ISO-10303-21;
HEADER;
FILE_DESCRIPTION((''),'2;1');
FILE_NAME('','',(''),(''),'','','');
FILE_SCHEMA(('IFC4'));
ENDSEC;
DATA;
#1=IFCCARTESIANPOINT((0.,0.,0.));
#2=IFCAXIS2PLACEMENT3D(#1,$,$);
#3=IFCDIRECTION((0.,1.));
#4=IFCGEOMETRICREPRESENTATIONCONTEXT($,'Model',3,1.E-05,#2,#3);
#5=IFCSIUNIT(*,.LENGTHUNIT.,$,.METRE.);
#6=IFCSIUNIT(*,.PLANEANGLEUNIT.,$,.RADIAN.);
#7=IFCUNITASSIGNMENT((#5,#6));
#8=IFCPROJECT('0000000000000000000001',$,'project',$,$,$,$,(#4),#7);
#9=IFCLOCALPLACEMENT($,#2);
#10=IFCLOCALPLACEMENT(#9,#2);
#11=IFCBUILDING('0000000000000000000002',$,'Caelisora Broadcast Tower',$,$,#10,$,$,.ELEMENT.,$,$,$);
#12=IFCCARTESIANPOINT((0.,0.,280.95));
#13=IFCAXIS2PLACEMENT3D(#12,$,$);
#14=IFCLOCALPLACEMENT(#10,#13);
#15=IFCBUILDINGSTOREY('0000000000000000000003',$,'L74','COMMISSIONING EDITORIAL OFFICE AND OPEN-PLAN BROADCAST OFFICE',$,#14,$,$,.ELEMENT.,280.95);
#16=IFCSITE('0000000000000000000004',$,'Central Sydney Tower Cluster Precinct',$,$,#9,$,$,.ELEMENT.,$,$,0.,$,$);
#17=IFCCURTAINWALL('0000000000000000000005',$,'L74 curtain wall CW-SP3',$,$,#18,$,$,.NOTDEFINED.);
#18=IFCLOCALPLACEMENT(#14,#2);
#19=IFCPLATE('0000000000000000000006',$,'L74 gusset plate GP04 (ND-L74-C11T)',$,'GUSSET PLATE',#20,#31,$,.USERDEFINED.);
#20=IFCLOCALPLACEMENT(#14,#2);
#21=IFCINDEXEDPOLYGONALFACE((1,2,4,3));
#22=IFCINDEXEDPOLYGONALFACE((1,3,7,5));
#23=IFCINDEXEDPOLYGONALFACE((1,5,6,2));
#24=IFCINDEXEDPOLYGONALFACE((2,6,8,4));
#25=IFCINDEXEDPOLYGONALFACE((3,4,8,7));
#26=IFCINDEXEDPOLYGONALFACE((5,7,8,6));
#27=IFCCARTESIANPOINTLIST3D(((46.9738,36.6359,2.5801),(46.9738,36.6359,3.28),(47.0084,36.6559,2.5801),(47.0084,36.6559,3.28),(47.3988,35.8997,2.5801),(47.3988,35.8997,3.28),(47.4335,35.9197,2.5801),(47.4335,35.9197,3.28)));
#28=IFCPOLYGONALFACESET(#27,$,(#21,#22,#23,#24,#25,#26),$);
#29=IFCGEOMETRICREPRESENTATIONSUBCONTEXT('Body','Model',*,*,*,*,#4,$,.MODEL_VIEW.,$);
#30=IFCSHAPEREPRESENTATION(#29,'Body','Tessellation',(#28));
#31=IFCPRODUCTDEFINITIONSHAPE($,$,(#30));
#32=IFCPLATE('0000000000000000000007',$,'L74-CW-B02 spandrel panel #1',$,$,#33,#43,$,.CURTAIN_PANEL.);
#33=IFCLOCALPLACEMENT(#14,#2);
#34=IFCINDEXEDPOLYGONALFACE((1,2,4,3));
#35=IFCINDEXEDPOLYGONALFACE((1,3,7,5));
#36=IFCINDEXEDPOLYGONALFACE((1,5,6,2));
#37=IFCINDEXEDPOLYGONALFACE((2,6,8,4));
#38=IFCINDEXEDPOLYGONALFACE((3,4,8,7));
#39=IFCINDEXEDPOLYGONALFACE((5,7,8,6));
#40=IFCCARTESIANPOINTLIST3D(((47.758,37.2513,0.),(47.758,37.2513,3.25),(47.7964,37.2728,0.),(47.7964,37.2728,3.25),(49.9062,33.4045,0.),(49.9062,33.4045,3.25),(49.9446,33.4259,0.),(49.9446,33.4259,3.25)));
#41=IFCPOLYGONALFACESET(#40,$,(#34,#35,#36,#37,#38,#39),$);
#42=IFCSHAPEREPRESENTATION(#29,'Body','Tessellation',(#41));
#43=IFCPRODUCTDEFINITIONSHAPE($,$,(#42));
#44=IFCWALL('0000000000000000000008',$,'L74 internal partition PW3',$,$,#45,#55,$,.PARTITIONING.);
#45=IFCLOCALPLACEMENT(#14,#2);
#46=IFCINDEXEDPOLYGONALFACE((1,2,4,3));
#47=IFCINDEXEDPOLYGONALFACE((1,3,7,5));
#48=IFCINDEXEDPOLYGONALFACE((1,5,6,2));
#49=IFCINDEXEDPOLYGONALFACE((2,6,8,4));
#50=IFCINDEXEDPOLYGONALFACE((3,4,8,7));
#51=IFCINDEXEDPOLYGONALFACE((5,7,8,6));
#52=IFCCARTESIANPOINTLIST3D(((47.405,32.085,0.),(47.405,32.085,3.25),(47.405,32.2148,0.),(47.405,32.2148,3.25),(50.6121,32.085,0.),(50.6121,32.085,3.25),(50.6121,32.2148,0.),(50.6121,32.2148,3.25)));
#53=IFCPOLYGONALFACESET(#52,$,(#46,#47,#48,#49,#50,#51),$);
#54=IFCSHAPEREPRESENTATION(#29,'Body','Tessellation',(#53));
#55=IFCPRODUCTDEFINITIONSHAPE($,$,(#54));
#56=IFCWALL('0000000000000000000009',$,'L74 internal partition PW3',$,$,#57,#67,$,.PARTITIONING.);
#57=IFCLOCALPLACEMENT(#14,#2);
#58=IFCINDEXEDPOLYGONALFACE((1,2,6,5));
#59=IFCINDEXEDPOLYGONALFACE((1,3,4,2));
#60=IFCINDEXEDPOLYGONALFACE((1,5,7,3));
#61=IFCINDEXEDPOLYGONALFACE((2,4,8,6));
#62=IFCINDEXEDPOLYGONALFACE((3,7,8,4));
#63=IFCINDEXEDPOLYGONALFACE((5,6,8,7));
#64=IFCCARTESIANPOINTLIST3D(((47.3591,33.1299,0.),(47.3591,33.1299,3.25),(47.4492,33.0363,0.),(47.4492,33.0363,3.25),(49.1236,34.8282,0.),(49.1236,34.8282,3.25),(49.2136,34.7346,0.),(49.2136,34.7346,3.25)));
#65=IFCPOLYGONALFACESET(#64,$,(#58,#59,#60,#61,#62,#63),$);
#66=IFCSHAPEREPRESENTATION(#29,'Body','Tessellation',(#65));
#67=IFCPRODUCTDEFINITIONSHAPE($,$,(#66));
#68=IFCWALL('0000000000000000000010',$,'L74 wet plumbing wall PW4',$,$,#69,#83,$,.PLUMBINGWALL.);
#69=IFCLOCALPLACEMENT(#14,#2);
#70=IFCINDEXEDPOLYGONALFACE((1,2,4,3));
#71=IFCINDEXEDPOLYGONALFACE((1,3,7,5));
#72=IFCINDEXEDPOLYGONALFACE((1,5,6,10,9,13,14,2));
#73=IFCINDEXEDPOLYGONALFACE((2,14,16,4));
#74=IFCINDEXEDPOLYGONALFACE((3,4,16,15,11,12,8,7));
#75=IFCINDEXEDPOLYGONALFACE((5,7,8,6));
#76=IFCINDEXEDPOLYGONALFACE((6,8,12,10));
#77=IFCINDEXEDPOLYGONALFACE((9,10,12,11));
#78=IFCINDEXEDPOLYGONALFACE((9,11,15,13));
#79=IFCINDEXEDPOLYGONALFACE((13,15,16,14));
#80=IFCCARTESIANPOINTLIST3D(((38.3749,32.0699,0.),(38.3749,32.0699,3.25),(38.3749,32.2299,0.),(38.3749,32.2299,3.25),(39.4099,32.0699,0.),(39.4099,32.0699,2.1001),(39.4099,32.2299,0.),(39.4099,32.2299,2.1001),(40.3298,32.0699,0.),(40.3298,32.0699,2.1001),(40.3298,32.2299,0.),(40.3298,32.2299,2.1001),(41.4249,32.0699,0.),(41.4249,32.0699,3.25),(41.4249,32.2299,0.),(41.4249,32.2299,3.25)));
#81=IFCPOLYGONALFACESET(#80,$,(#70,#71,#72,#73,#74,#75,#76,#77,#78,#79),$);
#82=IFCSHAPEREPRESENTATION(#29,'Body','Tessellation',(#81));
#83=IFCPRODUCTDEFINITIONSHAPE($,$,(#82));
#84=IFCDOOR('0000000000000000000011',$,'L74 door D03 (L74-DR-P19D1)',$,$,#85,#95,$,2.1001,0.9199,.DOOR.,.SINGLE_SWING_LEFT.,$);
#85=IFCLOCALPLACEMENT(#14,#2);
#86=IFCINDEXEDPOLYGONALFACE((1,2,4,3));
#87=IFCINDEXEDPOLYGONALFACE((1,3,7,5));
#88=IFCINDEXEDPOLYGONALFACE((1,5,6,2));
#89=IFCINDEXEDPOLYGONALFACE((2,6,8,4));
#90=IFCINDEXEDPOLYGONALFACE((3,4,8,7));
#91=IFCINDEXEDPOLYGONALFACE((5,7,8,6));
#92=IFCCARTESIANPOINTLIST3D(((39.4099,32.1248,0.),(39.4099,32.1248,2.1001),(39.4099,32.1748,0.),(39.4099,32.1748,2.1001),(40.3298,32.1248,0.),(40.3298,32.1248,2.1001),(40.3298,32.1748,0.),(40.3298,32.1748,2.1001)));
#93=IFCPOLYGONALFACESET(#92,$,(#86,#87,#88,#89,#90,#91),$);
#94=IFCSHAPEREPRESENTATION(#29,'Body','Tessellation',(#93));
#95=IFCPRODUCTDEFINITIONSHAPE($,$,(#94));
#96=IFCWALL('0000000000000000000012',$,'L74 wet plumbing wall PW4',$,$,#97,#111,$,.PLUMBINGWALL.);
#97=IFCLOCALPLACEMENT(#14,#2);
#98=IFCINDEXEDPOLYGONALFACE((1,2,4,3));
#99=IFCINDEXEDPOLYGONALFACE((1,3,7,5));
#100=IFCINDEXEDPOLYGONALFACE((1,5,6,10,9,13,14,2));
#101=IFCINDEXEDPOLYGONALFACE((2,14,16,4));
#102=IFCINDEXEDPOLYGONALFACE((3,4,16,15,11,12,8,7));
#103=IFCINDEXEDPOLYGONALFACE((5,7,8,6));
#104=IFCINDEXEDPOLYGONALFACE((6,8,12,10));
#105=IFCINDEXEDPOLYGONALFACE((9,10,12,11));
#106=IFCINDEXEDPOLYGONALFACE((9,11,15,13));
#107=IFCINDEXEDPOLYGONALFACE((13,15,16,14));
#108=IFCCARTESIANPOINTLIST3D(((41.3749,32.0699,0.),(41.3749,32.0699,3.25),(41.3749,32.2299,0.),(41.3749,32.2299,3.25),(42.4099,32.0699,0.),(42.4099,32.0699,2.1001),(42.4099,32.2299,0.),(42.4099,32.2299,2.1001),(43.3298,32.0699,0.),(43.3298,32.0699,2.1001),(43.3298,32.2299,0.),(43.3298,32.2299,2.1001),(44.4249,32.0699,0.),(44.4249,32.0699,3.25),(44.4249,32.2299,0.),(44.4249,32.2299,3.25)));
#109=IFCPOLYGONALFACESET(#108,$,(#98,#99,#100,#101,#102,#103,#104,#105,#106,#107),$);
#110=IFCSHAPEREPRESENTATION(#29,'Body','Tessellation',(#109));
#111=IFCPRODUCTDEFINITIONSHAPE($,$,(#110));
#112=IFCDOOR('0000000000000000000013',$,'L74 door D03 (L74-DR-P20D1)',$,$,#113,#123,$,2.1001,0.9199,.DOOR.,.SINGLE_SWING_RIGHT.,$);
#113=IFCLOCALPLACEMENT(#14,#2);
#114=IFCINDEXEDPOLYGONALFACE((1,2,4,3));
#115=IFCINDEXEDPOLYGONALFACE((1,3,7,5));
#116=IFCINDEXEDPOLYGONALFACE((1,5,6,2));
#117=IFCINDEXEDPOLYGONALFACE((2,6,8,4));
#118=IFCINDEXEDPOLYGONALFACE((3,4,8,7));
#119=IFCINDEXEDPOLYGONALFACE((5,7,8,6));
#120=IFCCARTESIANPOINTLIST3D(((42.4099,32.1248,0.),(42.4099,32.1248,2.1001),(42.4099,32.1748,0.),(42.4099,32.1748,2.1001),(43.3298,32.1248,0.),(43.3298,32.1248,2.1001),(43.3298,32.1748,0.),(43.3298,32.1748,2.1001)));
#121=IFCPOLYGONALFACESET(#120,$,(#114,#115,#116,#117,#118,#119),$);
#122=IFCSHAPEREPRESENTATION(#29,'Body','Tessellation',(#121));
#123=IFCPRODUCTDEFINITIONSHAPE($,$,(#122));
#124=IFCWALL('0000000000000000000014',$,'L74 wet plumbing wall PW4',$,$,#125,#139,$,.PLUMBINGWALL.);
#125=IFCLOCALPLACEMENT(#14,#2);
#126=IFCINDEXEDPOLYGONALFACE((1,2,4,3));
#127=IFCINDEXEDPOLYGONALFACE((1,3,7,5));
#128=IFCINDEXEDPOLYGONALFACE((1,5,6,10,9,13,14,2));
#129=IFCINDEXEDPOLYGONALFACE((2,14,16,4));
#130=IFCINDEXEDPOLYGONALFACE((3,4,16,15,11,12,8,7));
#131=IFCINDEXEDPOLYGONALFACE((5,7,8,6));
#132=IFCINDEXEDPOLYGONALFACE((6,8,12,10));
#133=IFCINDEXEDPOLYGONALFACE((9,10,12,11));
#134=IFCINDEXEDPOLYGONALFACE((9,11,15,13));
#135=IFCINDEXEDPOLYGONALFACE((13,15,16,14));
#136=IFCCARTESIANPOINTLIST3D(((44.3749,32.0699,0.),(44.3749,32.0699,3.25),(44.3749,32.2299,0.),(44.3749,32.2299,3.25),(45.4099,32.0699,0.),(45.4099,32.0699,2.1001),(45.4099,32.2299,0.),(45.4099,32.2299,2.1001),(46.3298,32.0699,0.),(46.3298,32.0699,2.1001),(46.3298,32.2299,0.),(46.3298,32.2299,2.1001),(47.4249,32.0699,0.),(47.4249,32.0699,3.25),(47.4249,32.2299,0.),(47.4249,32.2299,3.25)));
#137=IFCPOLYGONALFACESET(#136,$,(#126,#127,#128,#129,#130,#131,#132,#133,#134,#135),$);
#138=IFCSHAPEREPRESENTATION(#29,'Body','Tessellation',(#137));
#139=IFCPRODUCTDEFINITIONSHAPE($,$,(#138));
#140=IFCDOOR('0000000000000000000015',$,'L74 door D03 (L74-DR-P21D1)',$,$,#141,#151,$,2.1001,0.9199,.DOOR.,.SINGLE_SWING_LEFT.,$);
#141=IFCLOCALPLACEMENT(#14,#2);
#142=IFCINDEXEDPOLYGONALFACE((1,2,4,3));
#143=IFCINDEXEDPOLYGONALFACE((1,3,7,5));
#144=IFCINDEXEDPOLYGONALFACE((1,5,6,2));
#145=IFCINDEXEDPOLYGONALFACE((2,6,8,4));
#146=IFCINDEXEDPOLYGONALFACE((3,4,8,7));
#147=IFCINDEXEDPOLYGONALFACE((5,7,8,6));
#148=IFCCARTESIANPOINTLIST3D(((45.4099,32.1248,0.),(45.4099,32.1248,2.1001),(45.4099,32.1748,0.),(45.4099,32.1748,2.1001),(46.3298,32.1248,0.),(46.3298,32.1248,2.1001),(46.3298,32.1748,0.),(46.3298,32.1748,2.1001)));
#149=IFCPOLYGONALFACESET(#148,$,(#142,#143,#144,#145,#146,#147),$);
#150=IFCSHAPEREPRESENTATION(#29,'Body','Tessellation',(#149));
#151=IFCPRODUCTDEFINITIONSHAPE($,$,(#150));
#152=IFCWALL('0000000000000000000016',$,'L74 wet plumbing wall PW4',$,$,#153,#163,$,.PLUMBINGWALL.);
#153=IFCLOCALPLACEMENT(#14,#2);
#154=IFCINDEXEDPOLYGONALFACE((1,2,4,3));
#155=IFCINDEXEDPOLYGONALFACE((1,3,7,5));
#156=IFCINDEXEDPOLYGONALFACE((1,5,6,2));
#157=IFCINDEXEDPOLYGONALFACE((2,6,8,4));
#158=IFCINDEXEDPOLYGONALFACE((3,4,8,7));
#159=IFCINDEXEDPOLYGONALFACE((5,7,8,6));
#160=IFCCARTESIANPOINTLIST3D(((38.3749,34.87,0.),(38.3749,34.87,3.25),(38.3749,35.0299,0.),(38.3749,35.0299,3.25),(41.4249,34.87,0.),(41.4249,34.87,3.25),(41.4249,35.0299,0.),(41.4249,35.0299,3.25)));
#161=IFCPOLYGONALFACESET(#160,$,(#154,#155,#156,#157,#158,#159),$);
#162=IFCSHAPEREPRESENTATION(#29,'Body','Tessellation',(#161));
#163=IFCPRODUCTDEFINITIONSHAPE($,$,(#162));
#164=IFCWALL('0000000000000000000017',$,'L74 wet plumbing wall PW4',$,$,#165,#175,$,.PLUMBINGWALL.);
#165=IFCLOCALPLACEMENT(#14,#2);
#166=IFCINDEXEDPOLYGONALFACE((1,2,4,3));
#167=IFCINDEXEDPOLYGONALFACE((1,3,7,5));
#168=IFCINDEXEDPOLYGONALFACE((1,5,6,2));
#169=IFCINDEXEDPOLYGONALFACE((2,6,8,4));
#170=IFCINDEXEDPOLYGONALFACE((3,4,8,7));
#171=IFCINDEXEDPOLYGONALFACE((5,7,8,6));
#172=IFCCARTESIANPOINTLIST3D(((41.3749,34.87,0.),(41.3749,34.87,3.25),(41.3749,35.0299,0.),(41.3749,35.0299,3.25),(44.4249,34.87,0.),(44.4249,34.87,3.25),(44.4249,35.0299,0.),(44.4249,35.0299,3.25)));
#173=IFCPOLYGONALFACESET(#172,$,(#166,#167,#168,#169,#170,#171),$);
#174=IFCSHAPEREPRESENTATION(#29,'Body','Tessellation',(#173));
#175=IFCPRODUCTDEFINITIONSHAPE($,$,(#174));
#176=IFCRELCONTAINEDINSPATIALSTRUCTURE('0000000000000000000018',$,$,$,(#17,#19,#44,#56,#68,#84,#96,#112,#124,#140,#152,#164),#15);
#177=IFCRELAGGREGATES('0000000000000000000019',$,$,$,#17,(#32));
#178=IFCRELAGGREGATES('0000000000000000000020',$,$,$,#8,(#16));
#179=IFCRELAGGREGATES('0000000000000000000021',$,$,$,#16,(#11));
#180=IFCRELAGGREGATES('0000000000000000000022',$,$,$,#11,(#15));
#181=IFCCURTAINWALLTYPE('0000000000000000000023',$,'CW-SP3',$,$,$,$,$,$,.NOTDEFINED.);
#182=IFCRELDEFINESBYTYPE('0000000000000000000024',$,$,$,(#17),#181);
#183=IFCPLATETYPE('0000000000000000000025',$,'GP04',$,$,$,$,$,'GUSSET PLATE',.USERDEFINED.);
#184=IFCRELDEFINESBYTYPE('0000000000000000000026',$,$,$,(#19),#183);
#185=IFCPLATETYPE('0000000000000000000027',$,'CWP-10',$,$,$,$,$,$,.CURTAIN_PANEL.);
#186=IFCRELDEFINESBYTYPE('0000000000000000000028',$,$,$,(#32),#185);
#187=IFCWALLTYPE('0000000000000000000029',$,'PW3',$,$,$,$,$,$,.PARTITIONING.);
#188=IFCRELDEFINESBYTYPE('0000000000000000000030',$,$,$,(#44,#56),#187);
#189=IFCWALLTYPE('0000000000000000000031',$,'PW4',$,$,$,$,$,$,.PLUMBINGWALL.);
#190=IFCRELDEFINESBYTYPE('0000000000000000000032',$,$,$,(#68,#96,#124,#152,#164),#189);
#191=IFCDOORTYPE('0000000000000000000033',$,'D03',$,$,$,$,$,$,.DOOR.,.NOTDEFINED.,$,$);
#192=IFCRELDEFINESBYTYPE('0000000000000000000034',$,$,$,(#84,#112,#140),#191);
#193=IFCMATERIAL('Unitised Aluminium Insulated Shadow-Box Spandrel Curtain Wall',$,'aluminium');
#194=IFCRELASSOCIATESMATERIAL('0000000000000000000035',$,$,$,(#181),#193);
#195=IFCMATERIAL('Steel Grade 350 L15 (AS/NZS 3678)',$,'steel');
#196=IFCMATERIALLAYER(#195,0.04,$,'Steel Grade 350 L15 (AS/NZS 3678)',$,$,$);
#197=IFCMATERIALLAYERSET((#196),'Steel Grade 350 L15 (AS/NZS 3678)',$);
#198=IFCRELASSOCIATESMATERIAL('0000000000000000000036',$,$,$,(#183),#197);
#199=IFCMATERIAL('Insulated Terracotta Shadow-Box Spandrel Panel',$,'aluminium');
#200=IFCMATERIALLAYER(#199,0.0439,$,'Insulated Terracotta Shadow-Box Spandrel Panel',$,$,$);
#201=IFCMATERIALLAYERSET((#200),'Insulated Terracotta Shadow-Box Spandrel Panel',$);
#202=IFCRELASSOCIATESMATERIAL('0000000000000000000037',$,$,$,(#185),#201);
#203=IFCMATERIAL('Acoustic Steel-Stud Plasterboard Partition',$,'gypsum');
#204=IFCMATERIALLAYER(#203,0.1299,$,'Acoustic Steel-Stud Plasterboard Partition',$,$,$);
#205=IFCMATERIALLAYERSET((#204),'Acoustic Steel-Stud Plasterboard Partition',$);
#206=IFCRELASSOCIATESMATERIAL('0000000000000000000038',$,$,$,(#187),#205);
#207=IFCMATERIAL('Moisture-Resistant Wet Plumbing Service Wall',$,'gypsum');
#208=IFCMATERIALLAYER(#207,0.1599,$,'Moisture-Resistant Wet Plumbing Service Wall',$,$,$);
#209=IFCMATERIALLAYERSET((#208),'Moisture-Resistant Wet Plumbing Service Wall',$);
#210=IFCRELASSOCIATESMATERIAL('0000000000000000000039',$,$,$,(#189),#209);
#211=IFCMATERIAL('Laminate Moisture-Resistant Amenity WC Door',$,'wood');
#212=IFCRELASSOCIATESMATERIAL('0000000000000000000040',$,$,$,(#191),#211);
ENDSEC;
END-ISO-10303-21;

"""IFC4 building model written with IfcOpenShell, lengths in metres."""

from ifc_helpers import new_model, si_unit, direction, frame, frame_2d, origin, origin_2d, place, context, subcontext, project, spatial, rectangle, extrude, source, transform, mapped, material, layer, layer_set, type_object, type_shapes, element, fill, aggregate, save


model = new_model("IFC4")

# Units and contexts
model_context = context("Model", 3, precision=1e-05, world=origin(), true_north=direction((0.0, 1.0)))
body_context = subcontext(model_context, "Body", "Model", "MODEL_VIEW")
ifc_project = project(units=[si_unit("LENGTHUNIT", "METRE"), si_unit("PLANEANGLEUNIT", "RADIAN")], contexts=[model_context])

# Site, building, storey
site_placement = place(None, origin())
site = spatial("IfcSite", under=ifc_project, at=site_placement, Name="Central Sydney Tower Cluster Precinct", CompositionType="ELEMENT", RefElevation=0.0)
building_placement = place(site_placement, origin())
building = spatial("IfcBuilding", under=site, at=building_placement, Name="Caelisora Broadcast Tower", CompositionType="ELEMENT")
storey_placement = place(building_placement, frame((0.0, 0.0, 280.95)))
storey = spatial("IfcBuildingStorey", under=building, at=storey_placement, Name="L74", Description="COMMISSIONING EDITORIAL OFFICE AND OPEN-PLAN BROADCAST OFFICE", CompositionType="ELEMENT", Elevation=280.95)

# Shared definitions
ifc_material_1 = material(Name="Steel Grade 350 L15 (AS/NZS 3678)", Category="steel")

# Curtain wall
ifc_material_2 = material(Name="Unitised Aluminium Insulated Shadow-Box Spandrel Curtain Wall", Category="aluminium")
curtain_wall_type = type_object("IfcCurtainWallType", Name="CW-SP3", PredefinedType="NOTDEFINED", material=ifc_material_2)
curtain_wall_placement = place(storey_placement, origin())
curtain_wall = element("IfcCurtainWall", 1, at=curtain_wall_placement, inside=storey, type_object=curtain_wall_type, Name="L74 curtain wall CW-SP3", PredefinedType="NOTDEFINED")

# Plates
ifc_layer_1 = layer(ifc_material_1, 0.04, Name="Steel Grade 350 L15 (AS/NZS 3678)")
ifc_layer_set_1 = layer_set([ifc_layer_1], Name="Steel Grade 350 L15 (AS/NZS 3678)")
plate_type_1 = type_object("IfcPlateType", Name="GP04", ElementType="GUSSET PLATE", PredefinedType="USERDEFINED", material=ifc_layer_set_1)
shared_shape_1 = source(origin(), body_context, "Body", "SweptSolid", [
    extrude(rectangle(XDim=0.8501, YDim=0.04, at=origin_2d()), origin(), (0.0, 0.0, 1.0), 0.7),
])
type_shapes(plate_type_1, [shared_shape_1])
plate_1_placement = place(storey_placement, frame((47.2036, 36.2778, 2.5801), z_axis=(0.0, 0.0, 1.0), x_axis=(-0.5, 0.866025, 0.0)))
element("IfcPlate", 2, at=plate_1_placement, inside=storey, type_object=plate_type_1, Name="L74 gusset plate GP04 (ND-L74-C11T)", ObjectType="GUSSET PLATE", PredefinedType="USERDEFINED", context=body_context, shape_type="MappedRepresentation", body=[
    mapped(shared_shape_1, transform((0.0, 0.0, 0.0), scale=1.0)),
])
ifc_material_3 = material(Name="Insulated Terracotta Shadow-Box Spandrel Panel", Category="aluminium")
ifc_layer_2 = layer(ifc_material_3, 0.0439, Name="Insulated Terracotta Shadow-Box Spandrel Panel")
ifc_layer_set_2 = layer_set([ifc_layer_2], Name="Insulated Terracotta Shadow-Box Spandrel Panel")
plate_type_2 = type_object("IfcPlateType", Name="CWP-10", PredefinedType="CURTAIN_PANEL", material=ifc_layer_set_2)
shared_shape_2 = source(origin(), body_context, "Body", "SweptSolid", [
    extrude(rectangle(XDim=4.406, YDim=0.0439, at=origin_2d()), origin(), (0.0, 0.0, 1.0), 3.25),
])
type_shapes(plate_type_2, [shared_shape_2])
plate_2_placement = place(storey_placement, frame((48.8513, 35.3386, 0.0), z_axis=(0.0, 0.0, 1.0), x_axis=(0.487555, -0.873092, 0.0)))
plate_2 = element("IfcPlate", 3, at=plate_2_placement, type_object=plate_type_2, Name="L74-CW-B02 spandrel panel #1", PredefinedType="CURTAIN_PANEL", context=body_context, shape_type="MappedRepresentation", body=[
    mapped(shared_shape_2, transform((0.0, 0.0, 0.0), scale=1.0)),
])
aggregate(curtain_wall, [plate_2])

# Walls
ifc_material_4 = material(Name="Acoustic Steel-Stud Plasterboard Partition", Category="gypsum")
ifc_layer_3 = layer(ifc_material_4, 0.1299, Name="Acoustic Steel-Stud Plasterboard Partition")
ifc_layer_set_3 = layer_set([ifc_layer_3], Name="Acoustic Steel-Stud Plasterboard Partition")
wall_type_1 = type_object("IfcWallType", Name="PW3", PredefinedType="PARTITIONING", material=ifc_layer_set_3)
wall_1_placement = place(storey_placement, frame((50.6121, 32.1499, 0.0), z_axis=(0.0, 0.0, 1.0), x_axis=(-1.0, 0.0, 0.0)))
element("IfcWall", 4, at=wall_1_placement, inside=storey, type_object=wall_type_1, Name="L74 internal partition PW3", PredefinedType="PARTITIONING", context=body_context, shape_type="SweptSolid", body=[
    extrude(rectangle(XDim=3.207, YDim=0.1299, at=frame_2d((1.6035, 0.0))), origin(), (0.0, 0.0, 1.0), 3.25),
])
wall_2_placement = place(storey_placement, frame((47.4041, 33.083, 0.0), z_axis=(0.0, 0.0, 1.0), x_axis=(0.720486, 0.693469, 0.0)))
element("IfcWall", 5, at=wall_2_placement, inside=storey, type_object=wall_type_1, Name="L74 internal partition PW3", PredefinedType="PARTITIONING", context=body_context, shape_type="SweptSolid", body=[
    extrude(rectangle(XDim=2.449, YDim=0.1299, at=frame_2d((1.2246, 0.0))), origin(), (0.0, 0.0, 1.0), 3.25),
])

# Walls, openings, doors
ifc_material_5 = material(Name="Moisture-Resistant Wet Plumbing Service Wall", Category="gypsum")
ifc_layer_4 = layer(ifc_material_5, 0.1599, Name="Moisture-Resistant Wet Plumbing Service Wall")
ifc_layer_set_4 = layer_set([ifc_layer_4], Name="Moisture-Resistant Wet Plumbing Service Wall")
wall_type_2 = type_object("IfcWallType", Name="PW4", PredefinedType="PLUMBINGWALL", material=ifc_layer_set_4)
wall_3_placement = place(storey_placement, frame((38.375, 32.1499, 0.0), z_axis=(0.0, 0.0, 1.0), x_axis=(1.0, 0.0, 0.0)))
wall_3 = element("IfcWall", 6, at=wall_3_placement, inside=storey, type_object=wall_type_2, Name="L74 wet plumbing wall PW4", PredefinedType="PLUMBINGWALL", context=body_context, shape_type="SweptSolid", body=[
    extrude(rectangle(XDim=3.05, YDim=0.1599, at=frame_2d((1.5249, 0.0))), origin(), (0.0, 0.0, 1.0), 3.25),
])
opening_1_placement = place(wall_3_placement, frame((1.0349, 0.0, 0.0)))
opening_1 = element("IfcOpeningElement", 7, at=opening_1_placement, cuts=wall_3, PredefinedType="OPENING", context=body_context, shape_type="SweptSolid", body=[
    extrude(rectangle(XDim=0.9199, YDim=2.1001, at=frame_2d((0.46, 1.05))), frame((0.0, 0.092, 0.0), z_axis=(0.0, -1.0, 0.0), x_axis=(1.0, 0.0, 0.0)), (0.0, 0.0, 1.0), 0.1838),
])
ifc_material_6 = material(Name="Laminate Moisture-Resistant Amenity WC Door", Category="wood")
door_type = type_object("IfcDoorType", Name="D03", OperationType="NOTDEFINED", PredefinedType="DOOR", material=ifc_material_6)
door_1_placement = place(opening_1_placement, origin())
door_1 = element("IfcDoor", 8, at=door_1_placement, inside=storey, type_object=door_type, Name="L74 door D03 (L74-DR-P19D1)", OperationType="SINGLE_SWING_LEFT", OverallHeight=2.1001, OverallWidth=0.9199, PredefinedType="DOOR", context=body_context, shape_type="SweptSolid", body=[
    extrude(rectangle(XDim=0.9199, YDim=2.1001, at=frame_2d((0.46, 1.05))), frame((0.0, 0.0249, 0.0), z_axis=(0.0, -1.0, 0.0), x_axis=(1.0, 0.0, 0.0)), (0.0, 0.0, 1.0), 0.05),
])
fill(opening_1, door_1)
wall_4_placement = place(storey_placement, frame((41.375, 32.1499, 0.0), z_axis=(0.0, 0.0, 1.0), x_axis=(1.0, 0.0, 0.0)))
wall_4 = element("IfcWall", 9, at=wall_4_placement, inside=storey, type_object=wall_type_2, Name="L74 wet plumbing wall PW4", PredefinedType="PLUMBINGWALL", context=body_context, shape_type="SweptSolid", body=[
    extrude(rectangle(XDim=3.05, YDim=0.1599, at=frame_2d((1.5249, 0.0))), origin(), (0.0, 0.0, 1.0), 3.25),
])
opening_2_placement = place(wall_4_placement, frame((1.0349, 0.0, 0.0)))
opening_2 = element("IfcOpeningElement", 10, at=opening_2_placement, cuts=wall_4, PredefinedType="OPENING", context=body_context, shape_type="SweptSolid", body=[
    extrude(rectangle(XDim=0.9199, YDim=2.1001, at=frame_2d((0.46, 1.05))), frame((0.0, 0.092, 0.0), z_axis=(0.0, -1.0, 0.0), x_axis=(1.0, 0.0, 0.0)), (0.0, 0.0, 1.0), 0.1838),
])
door_2_placement = place(opening_2_placement, origin())
door_2 = element("IfcDoor", 11, at=door_2_placement, inside=storey, type_object=door_type, Name="L74 door D03 (L74-DR-P20D1)", OperationType="SINGLE_SWING_RIGHT", OverallHeight=2.1001, OverallWidth=0.9199, PredefinedType="DOOR", context=body_context, shape_type="SweptSolid", body=[
    extrude(rectangle(XDim=0.9199, YDim=2.1001, at=frame_2d((0.46, 1.05))), frame((0.0, 0.0249, 0.0), z_axis=(0.0, -1.0, 0.0), x_axis=(1.0, 0.0, 0.0)), (0.0, 0.0, 1.0), 0.05),
])
fill(opening_2, door_2)
wall_5_placement = place(storey_placement, frame((44.375, 32.1499, 0.0), z_axis=(0.0, 0.0, 1.0), x_axis=(1.0, 0.0, 0.0)))
wall_5 = element("IfcWall", 12, at=wall_5_placement, inside=storey, type_object=wall_type_2, Name="L74 wet plumbing wall PW4", PredefinedType="PLUMBINGWALL", context=body_context, shape_type="SweptSolid", body=[
    extrude(rectangle(XDim=3.05, YDim=0.1599, at=frame_2d((1.5249, 0.0))), origin(), (0.0, 0.0, 1.0), 3.25),
])
opening_3_placement = place(wall_5_placement, frame((1.0349, 0.0, 0.0)))
opening_3 = element("IfcOpeningElement", 13, at=opening_3_placement, cuts=wall_5, PredefinedType="OPENING", context=body_context, shape_type="SweptSolid", body=[
    extrude(rectangle(XDim=0.9199, YDim=2.1001, at=frame_2d((0.46, 1.05))), frame((0.0, 0.092, 0.0), z_axis=(0.0, -1.0, 0.0), x_axis=(1.0, 0.0, 0.0)), (0.0, 0.0, 1.0), 0.1838),
])
door_3_placement = place(opening_3_placement, origin())
door_3 = element("IfcDoor", 14, at=door_3_placement, inside=storey, type_object=door_type, Name="L74 door D03 (L74-DR-P21D1)", OperationType="SINGLE_SWING_LEFT", OverallHeight=2.1001, OverallWidth=0.9199, PredefinedType="DOOR", context=body_context, shape_type="SweptSolid", body=[
    extrude(rectangle(XDim=0.9199, YDim=2.1001, at=frame_2d((0.46, 1.05))), frame((0.0, 0.0249, 0.0), z_axis=(0.0, -1.0, 0.0), x_axis=(1.0, 0.0, 0.0)), (0.0, 0.0, 1.0), 0.05),
])
fill(opening_3, door_3)

# Walls
for number, where, z_axis, x_axis, name in (
    (15, (38.375, 34.95, 0.0), (0.0, 0.0, 1.0), (1.0, 0.0, 0.0), "L74 wet plumbing wall PW4"),
    (16, (41.375, 34.95, 0.0), (0.0, 0.0, 1.0), (1.0, 0.0, 0.0), "L74 wet plumbing wall PW4"),
):
    element("IfcWall", number, at=place(storey_placement, frame(where, z_axis=z_axis, x_axis=x_axis)), inside=storey, type_object=wall_type_2, Name=name, PredefinedType="PLUMBINGWALL", context=body_context, shape_type="SweptSolid", body=[
        extrude(rectangle(XDim=3.05, YDim=0.1599, at=frame_2d((1.5249, 0.0))), origin(), (0.0, 0.0, 1.0), 3.25),
    ])

save(model, "model.ifc")
